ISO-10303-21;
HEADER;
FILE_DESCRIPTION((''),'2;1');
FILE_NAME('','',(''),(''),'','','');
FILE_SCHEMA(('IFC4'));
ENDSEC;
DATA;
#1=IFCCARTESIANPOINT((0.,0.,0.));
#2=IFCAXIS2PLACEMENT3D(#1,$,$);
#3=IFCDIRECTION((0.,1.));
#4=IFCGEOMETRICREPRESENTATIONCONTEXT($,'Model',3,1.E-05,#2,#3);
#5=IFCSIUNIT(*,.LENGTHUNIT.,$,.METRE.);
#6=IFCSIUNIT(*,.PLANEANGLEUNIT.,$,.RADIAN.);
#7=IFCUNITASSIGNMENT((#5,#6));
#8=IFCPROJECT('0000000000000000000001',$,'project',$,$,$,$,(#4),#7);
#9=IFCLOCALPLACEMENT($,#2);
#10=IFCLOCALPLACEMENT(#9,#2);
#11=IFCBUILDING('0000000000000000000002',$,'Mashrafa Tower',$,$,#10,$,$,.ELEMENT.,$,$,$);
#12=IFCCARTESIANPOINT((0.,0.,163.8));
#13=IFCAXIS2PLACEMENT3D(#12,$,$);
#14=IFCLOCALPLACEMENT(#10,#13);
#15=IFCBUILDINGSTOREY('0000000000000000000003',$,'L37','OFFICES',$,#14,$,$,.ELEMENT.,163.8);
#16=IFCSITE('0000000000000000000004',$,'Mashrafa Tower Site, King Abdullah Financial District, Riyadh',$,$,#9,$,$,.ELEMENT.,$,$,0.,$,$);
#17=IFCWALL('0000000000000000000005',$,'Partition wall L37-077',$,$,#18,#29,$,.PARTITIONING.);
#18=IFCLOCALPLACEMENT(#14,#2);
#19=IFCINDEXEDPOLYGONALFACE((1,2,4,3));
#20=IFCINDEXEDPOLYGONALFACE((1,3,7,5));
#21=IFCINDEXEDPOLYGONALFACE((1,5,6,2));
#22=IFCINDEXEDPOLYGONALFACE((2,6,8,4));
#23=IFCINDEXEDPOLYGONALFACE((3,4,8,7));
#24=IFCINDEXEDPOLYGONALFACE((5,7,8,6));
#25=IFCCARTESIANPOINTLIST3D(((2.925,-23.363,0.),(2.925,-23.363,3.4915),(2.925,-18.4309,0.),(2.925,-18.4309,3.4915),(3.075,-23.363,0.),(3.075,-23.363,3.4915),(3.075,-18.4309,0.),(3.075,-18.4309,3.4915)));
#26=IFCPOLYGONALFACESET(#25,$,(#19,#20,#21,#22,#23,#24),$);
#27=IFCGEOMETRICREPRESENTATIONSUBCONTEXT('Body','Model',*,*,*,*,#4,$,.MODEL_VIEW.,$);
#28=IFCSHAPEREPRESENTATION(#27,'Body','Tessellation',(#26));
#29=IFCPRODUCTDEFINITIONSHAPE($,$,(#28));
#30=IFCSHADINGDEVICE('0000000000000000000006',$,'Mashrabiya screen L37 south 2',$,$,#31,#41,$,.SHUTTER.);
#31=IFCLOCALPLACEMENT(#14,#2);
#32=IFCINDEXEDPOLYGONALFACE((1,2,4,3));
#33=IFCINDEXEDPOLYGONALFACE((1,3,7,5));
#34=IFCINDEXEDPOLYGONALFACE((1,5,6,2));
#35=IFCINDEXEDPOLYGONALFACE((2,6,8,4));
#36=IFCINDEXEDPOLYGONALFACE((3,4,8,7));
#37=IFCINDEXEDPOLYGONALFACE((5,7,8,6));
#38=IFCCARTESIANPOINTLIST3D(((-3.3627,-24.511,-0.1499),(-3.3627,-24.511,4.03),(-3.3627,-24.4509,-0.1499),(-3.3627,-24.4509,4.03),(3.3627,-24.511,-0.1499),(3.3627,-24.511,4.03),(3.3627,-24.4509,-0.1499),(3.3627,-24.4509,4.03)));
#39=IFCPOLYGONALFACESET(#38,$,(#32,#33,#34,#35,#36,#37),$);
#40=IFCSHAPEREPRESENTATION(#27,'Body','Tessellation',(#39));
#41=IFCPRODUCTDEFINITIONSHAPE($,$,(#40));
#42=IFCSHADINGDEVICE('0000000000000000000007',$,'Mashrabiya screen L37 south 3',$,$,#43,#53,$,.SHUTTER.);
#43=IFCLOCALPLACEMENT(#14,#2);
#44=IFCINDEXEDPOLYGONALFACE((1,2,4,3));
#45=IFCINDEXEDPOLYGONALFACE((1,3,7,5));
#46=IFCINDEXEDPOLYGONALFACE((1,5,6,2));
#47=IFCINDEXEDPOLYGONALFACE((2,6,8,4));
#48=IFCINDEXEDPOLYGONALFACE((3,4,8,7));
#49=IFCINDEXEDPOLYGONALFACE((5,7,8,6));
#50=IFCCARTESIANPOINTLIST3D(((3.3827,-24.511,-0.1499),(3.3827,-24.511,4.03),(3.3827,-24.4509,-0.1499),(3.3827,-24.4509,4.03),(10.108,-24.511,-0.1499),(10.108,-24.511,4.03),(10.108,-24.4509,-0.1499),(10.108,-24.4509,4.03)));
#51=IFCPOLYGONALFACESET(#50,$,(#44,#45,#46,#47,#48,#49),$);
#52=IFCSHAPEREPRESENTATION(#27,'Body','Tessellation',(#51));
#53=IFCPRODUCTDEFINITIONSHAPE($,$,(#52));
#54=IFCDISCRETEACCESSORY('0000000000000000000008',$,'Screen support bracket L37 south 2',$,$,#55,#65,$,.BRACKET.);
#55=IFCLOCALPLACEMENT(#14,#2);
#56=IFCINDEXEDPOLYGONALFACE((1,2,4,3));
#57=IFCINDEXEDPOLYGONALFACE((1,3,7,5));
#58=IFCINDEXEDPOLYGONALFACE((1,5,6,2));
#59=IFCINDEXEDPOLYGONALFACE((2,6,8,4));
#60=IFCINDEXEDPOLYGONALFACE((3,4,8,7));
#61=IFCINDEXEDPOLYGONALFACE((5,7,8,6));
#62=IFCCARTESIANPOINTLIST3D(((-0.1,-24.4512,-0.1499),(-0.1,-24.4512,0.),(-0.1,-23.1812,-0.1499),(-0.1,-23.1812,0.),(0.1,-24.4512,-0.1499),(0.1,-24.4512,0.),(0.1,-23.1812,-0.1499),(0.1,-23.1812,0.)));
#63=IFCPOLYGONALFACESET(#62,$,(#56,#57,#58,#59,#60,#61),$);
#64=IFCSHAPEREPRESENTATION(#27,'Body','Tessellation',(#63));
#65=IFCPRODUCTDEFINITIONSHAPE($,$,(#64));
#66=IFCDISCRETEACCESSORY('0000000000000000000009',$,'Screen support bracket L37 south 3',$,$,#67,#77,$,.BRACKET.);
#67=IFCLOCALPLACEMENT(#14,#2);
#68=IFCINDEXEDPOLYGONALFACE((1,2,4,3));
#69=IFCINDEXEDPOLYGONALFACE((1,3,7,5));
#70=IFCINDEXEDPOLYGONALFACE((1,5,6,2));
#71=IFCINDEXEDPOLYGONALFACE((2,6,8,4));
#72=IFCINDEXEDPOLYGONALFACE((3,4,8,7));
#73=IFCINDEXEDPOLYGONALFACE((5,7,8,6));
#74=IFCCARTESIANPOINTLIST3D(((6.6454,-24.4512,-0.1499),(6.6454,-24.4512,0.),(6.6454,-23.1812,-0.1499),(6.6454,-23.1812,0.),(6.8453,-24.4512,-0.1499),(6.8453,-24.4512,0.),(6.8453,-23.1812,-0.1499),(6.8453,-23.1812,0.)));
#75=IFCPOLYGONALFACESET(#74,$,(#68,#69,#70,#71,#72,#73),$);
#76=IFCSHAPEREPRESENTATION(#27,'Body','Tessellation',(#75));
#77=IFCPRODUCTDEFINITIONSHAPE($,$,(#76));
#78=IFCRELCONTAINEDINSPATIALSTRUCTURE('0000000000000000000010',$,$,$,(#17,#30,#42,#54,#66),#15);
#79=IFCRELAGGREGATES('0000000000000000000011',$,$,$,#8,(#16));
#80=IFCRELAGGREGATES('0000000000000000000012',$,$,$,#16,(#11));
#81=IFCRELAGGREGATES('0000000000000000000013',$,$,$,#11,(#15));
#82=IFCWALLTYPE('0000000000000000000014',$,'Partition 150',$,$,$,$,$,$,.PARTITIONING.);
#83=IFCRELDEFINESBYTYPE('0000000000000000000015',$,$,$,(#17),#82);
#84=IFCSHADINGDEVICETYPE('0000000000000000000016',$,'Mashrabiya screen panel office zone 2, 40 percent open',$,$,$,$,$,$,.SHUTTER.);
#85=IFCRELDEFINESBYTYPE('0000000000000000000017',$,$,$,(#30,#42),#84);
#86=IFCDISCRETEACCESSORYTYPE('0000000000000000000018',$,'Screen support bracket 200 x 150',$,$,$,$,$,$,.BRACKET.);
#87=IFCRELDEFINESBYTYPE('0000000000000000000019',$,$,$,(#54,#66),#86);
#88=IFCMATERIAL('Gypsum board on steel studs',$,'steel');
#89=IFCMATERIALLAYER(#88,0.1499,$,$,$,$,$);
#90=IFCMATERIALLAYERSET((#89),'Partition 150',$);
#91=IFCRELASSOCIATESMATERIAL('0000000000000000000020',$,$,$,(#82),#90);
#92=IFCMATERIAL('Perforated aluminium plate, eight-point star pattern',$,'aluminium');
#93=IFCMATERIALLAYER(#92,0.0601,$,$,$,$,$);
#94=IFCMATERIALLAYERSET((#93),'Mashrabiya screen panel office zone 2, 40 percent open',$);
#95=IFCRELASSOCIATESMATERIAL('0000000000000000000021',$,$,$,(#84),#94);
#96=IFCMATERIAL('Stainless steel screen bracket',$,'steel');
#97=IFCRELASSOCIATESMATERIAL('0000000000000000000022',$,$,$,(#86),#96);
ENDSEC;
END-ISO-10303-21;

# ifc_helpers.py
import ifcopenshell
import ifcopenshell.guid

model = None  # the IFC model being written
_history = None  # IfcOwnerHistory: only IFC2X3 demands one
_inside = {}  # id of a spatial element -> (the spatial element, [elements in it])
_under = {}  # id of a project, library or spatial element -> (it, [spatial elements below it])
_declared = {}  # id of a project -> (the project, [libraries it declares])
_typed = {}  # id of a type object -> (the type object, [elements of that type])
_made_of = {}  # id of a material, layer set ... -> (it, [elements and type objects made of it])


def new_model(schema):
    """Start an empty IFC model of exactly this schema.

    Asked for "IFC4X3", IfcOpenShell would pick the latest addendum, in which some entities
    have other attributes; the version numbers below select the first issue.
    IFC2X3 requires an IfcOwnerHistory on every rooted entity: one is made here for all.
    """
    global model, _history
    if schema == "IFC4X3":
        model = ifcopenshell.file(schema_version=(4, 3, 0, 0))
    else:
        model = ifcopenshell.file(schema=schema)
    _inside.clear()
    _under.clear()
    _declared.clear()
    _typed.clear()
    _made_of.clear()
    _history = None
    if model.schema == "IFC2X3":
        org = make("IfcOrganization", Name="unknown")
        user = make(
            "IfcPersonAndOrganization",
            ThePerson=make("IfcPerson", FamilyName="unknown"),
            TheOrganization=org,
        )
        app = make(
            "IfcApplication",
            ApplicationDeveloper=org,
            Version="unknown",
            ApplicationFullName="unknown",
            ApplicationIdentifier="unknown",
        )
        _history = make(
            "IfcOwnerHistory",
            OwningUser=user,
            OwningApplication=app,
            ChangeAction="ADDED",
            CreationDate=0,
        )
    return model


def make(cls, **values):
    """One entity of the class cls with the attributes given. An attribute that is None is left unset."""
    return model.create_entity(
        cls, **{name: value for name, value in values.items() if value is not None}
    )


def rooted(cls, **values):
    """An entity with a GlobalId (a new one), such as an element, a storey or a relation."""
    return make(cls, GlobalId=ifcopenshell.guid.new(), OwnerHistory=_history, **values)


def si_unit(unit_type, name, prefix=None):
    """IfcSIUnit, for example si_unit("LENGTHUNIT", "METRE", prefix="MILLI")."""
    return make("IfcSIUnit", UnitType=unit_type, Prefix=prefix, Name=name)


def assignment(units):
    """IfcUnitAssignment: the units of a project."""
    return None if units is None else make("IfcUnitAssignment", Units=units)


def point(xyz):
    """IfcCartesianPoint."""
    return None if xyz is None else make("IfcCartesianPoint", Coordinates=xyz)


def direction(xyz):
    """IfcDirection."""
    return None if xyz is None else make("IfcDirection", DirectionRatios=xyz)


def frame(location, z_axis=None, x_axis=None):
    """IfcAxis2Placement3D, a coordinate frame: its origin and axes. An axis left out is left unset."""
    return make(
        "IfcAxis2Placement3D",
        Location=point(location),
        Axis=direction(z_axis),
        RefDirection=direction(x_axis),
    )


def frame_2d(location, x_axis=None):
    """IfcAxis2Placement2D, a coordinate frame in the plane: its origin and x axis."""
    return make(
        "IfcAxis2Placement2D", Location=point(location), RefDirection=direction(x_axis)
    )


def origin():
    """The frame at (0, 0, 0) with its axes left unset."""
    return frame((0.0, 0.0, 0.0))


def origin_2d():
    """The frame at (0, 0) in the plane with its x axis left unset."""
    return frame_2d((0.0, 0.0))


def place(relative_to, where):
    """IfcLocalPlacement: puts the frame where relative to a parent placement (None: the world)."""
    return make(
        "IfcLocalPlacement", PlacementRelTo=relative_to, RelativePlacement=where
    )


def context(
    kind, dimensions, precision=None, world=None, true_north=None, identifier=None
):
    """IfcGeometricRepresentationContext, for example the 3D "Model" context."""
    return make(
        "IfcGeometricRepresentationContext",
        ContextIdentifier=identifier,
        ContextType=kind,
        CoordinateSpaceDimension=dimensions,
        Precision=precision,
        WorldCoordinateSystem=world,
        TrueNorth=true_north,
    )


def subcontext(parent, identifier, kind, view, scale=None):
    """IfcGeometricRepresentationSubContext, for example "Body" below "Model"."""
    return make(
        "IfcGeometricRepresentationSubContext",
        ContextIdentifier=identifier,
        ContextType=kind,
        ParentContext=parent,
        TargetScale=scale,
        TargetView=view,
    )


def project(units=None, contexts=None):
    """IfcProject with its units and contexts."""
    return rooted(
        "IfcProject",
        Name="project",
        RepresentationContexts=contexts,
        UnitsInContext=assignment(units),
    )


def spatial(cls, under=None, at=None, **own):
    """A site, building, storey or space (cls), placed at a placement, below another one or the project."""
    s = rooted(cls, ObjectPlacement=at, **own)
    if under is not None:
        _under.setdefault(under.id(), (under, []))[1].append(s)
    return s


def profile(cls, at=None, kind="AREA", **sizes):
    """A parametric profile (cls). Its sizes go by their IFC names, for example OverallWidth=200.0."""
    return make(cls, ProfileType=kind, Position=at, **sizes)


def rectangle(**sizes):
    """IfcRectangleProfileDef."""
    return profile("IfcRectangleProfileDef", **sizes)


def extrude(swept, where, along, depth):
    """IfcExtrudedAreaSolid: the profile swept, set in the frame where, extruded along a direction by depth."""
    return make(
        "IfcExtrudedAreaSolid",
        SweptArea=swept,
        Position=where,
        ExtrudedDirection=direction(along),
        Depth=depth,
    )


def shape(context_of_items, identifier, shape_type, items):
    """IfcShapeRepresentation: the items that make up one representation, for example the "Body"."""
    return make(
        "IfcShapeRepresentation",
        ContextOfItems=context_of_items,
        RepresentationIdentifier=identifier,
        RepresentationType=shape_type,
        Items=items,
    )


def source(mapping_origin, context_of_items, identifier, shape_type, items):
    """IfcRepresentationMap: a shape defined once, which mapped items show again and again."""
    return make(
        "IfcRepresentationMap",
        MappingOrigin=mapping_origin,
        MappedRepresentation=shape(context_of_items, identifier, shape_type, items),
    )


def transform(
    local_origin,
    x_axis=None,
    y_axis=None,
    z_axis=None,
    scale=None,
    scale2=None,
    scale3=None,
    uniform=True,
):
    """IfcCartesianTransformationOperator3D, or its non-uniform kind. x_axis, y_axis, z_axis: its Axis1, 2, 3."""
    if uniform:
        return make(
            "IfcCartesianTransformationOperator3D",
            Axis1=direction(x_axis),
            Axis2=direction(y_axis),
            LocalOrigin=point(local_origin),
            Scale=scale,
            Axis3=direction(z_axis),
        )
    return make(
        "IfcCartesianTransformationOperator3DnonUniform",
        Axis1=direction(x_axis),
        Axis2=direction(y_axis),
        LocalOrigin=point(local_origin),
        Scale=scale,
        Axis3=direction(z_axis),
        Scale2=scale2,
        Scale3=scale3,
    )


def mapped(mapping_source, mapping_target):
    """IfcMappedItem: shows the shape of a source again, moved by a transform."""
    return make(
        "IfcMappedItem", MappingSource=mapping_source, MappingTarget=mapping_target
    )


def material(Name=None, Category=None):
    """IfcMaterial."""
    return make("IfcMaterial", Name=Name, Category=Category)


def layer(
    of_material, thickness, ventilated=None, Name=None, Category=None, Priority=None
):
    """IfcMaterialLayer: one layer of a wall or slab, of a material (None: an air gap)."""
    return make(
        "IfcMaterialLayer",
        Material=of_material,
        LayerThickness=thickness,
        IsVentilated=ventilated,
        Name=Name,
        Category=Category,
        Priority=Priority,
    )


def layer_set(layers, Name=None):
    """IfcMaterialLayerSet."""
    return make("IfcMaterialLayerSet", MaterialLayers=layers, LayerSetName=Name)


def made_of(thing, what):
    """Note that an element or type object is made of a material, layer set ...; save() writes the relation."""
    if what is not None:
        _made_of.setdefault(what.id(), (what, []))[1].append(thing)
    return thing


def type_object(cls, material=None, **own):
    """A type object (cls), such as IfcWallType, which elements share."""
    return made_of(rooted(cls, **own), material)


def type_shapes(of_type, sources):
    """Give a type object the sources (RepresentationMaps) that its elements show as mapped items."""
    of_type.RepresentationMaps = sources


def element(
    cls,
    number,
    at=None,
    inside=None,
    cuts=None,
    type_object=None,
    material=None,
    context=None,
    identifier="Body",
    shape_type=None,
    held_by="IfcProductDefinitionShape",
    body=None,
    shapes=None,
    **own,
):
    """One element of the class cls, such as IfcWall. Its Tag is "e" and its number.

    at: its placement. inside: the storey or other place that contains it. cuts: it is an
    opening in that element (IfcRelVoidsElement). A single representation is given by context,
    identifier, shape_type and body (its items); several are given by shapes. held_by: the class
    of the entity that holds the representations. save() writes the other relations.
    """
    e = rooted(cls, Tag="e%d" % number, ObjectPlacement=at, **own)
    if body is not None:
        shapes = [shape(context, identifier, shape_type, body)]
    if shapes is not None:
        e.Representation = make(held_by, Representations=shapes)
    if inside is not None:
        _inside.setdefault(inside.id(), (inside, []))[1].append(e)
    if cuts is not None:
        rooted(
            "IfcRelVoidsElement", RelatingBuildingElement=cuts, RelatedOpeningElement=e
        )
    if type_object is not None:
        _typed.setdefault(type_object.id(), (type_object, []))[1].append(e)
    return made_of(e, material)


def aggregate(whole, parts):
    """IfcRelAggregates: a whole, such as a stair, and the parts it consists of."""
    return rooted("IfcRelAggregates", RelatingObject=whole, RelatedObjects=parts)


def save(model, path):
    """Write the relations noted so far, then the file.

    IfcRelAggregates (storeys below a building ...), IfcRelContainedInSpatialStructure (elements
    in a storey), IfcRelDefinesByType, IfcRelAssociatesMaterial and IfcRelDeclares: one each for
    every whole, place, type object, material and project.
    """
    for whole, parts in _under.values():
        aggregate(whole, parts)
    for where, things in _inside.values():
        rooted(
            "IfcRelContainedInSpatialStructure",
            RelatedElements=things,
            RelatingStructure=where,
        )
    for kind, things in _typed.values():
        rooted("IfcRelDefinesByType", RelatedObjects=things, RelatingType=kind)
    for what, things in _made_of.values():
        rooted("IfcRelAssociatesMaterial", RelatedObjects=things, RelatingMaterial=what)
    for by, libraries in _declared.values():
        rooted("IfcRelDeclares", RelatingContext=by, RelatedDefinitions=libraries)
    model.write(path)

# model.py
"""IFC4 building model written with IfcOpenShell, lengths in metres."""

from ifc_helpers import new_model, si_unit, direction, frame, frame_2d, origin, origin_2d, place, context, subcontext, project, spatial, rectangle, extrude, source, transform, mapped, material, layer, layer_set, type_object, type_shapes, element, save


model = new_model("IFC4")

# Units and contexts
model_context = context("Model", 3, precision=1e-05, world=origin(), true_north=direction((0.0, 1.0)))
body_context = subcontext(model_context, "Body", "Model", "MODEL_VIEW")
ifc_project = project(units=[si_unit("LENGTHUNIT", "METRE"), si_unit("PLANEANGLEUNIT", "RADIAN")], contexts=[model_context])

# Site, building, storey
site_placement = place(None, origin())
site = spatial("IfcSite", under=ifc_project, at=site_placement, Name="Mashrafa Tower Site, King Abdullah Financial District, Riyadh", CompositionType="ELEMENT", RefElevation=0.0)
building_placement = place(site_placement, origin())
building = spatial("IfcBuilding", under=site, at=building_placement, Name="Mashrafa Tower", CompositionType="ELEMENT")
storey_placement = place(building_placement, frame((0.0, 0.0, 163.8)))
storey = spatial("IfcBuildingStorey", under=building, at=storey_placement, Name="L37", Description="OFFICES", CompositionType="ELEMENT", Elevation=163.8)

# Shared definitions
ifc_material_1 = material(Name="Gypsum board on steel studs", Category="steel")
ifc_layer_1 = layer(ifc_material_1, 0.1499)
ifc_layer_set_1 = layer_set([ifc_layer_1], Name="Partition 150")
wall_type_1 = type_object("IfcWallType", Name="Partition 150", PredefinedType="PARTITIONING", material=ifc_layer_set_1)

# Wall
wall_1_placement = place(storey_placement, frame((3.0, -18.4309, 0.0), z_axis=(0.0, 0.0, 1.0), x_axis=(0.0, -1.0, 0.0)))
element("IfcWall", 1, at=wall_1_placement, inside=storey, type_object=wall_type_1, Name="Partition wall L37-077", PredefinedType="PARTITIONING", context=body_context, shape_type="SweptSolid", body=[
    extrude(rectangle(XDim=4.9321, YDim=0.1499, at=frame_2d((2.4661, 0.0))), origin(), (0.0, 0.0, 1.0), 3.4915),
])

# Shading devices
ifc_material_2 = material(Name="Perforated aluminium plate, eight-point star pattern", Category="aluminium")
ifc_layer_2 = layer(ifc_material_2, 0.0601)
ifc_layer_set_2 = layer_set([ifc_layer_2], Name="Mashrabiya screen panel office zone 2, 40 percent open")
shading_device_type = type_object("IfcShadingDeviceType", Name="Mashrabiya screen panel office zone 2, 40 percent open", PredefinedType="SHUTTER", material=ifc_layer_set_2)
shared_shape_1 = source(origin(), body_context, "Body", "SweptSolid", [
    extrude(rectangle(XDim=6.7253, YDim=0.0601, at=origin_2d()), origin(), (0.0, 0.0, 1.0), 4.1799),
])
type_shapes(shading_device_type, [shared_shape_1])
for number, where, z_axis, x_axis, name in (
    (2, (0.0, -24.481, -0.1499), (0.0, 0.0, 1.0), (1.0, 0.0, 0.0), "Mashrabiya screen L37 south 2"),
    (3, (6.7454, -24.481, -0.1499), (0.0, 0.0, 1.0), (1.0, 0.0, 0.0), "Mashrabiya screen L37 south 3"),
):
    element("IfcShadingDevice", number, at=place(storey_placement, frame(where, z_axis=z_axis, x_axis=x_axis)), inside=storey, type_object=shading_device_type, Name=name, PredefinedType="SHUTTER", context=body_context, shape_type="MappedRepresentation", body=[
        mapped(shared_shape_1, transform((0.0, 0.0, 0.0))),
    ])

# Discrete accessories
ifc_material_3 = material(Name="Stainless steel screen bracket", Category="steel")
discrete_accessory_type = type_object("IfcDiscreteAccessoryType", Name="Screen support bracket 200 x 150", PredefinedType="BRACKET", material=ifc_material_3)
shared_shape_2 = source(origin(), body_context, "Body", "SweptSolid", [
    extrude(rectangle(XDim=0.2, YDim=1.27, at=origin_2d()), origin(), (0.0, 0.0, 1.0), 0.1499),
])
type_shapes(discrete_accessory_type, [shared_shape_2])
for number, where, z_axis, x_axis, name in (
    (4, (0.0, -23.8162, -0.1499), (0.0, 0.0, 1.0), (1.0, 0.0, 0.0), "Screen support bracket L37 south 2"),
    (5, (6.7454, -23.8162, -0.1499), (0.0, 0.0, 1.0), (1.0, 0.0, 0.0), "Screen support bracket L37 south 3"),
):
    element("IfcDiscreteAccessory", number, at=place(storey_placement, frame(where, z_axis=z_axis, x_axis=x_axis)), inside=storey, type_object=discrete_accessory_type, Name=name, PredefinedType="BRACKET", context=body_context, shape_type="MappedRepresentation", body=[
        mapped(shared_shape_2, transform((0.0, 0.0, 0.0))),
    ])

save(model, "model.ifc")
